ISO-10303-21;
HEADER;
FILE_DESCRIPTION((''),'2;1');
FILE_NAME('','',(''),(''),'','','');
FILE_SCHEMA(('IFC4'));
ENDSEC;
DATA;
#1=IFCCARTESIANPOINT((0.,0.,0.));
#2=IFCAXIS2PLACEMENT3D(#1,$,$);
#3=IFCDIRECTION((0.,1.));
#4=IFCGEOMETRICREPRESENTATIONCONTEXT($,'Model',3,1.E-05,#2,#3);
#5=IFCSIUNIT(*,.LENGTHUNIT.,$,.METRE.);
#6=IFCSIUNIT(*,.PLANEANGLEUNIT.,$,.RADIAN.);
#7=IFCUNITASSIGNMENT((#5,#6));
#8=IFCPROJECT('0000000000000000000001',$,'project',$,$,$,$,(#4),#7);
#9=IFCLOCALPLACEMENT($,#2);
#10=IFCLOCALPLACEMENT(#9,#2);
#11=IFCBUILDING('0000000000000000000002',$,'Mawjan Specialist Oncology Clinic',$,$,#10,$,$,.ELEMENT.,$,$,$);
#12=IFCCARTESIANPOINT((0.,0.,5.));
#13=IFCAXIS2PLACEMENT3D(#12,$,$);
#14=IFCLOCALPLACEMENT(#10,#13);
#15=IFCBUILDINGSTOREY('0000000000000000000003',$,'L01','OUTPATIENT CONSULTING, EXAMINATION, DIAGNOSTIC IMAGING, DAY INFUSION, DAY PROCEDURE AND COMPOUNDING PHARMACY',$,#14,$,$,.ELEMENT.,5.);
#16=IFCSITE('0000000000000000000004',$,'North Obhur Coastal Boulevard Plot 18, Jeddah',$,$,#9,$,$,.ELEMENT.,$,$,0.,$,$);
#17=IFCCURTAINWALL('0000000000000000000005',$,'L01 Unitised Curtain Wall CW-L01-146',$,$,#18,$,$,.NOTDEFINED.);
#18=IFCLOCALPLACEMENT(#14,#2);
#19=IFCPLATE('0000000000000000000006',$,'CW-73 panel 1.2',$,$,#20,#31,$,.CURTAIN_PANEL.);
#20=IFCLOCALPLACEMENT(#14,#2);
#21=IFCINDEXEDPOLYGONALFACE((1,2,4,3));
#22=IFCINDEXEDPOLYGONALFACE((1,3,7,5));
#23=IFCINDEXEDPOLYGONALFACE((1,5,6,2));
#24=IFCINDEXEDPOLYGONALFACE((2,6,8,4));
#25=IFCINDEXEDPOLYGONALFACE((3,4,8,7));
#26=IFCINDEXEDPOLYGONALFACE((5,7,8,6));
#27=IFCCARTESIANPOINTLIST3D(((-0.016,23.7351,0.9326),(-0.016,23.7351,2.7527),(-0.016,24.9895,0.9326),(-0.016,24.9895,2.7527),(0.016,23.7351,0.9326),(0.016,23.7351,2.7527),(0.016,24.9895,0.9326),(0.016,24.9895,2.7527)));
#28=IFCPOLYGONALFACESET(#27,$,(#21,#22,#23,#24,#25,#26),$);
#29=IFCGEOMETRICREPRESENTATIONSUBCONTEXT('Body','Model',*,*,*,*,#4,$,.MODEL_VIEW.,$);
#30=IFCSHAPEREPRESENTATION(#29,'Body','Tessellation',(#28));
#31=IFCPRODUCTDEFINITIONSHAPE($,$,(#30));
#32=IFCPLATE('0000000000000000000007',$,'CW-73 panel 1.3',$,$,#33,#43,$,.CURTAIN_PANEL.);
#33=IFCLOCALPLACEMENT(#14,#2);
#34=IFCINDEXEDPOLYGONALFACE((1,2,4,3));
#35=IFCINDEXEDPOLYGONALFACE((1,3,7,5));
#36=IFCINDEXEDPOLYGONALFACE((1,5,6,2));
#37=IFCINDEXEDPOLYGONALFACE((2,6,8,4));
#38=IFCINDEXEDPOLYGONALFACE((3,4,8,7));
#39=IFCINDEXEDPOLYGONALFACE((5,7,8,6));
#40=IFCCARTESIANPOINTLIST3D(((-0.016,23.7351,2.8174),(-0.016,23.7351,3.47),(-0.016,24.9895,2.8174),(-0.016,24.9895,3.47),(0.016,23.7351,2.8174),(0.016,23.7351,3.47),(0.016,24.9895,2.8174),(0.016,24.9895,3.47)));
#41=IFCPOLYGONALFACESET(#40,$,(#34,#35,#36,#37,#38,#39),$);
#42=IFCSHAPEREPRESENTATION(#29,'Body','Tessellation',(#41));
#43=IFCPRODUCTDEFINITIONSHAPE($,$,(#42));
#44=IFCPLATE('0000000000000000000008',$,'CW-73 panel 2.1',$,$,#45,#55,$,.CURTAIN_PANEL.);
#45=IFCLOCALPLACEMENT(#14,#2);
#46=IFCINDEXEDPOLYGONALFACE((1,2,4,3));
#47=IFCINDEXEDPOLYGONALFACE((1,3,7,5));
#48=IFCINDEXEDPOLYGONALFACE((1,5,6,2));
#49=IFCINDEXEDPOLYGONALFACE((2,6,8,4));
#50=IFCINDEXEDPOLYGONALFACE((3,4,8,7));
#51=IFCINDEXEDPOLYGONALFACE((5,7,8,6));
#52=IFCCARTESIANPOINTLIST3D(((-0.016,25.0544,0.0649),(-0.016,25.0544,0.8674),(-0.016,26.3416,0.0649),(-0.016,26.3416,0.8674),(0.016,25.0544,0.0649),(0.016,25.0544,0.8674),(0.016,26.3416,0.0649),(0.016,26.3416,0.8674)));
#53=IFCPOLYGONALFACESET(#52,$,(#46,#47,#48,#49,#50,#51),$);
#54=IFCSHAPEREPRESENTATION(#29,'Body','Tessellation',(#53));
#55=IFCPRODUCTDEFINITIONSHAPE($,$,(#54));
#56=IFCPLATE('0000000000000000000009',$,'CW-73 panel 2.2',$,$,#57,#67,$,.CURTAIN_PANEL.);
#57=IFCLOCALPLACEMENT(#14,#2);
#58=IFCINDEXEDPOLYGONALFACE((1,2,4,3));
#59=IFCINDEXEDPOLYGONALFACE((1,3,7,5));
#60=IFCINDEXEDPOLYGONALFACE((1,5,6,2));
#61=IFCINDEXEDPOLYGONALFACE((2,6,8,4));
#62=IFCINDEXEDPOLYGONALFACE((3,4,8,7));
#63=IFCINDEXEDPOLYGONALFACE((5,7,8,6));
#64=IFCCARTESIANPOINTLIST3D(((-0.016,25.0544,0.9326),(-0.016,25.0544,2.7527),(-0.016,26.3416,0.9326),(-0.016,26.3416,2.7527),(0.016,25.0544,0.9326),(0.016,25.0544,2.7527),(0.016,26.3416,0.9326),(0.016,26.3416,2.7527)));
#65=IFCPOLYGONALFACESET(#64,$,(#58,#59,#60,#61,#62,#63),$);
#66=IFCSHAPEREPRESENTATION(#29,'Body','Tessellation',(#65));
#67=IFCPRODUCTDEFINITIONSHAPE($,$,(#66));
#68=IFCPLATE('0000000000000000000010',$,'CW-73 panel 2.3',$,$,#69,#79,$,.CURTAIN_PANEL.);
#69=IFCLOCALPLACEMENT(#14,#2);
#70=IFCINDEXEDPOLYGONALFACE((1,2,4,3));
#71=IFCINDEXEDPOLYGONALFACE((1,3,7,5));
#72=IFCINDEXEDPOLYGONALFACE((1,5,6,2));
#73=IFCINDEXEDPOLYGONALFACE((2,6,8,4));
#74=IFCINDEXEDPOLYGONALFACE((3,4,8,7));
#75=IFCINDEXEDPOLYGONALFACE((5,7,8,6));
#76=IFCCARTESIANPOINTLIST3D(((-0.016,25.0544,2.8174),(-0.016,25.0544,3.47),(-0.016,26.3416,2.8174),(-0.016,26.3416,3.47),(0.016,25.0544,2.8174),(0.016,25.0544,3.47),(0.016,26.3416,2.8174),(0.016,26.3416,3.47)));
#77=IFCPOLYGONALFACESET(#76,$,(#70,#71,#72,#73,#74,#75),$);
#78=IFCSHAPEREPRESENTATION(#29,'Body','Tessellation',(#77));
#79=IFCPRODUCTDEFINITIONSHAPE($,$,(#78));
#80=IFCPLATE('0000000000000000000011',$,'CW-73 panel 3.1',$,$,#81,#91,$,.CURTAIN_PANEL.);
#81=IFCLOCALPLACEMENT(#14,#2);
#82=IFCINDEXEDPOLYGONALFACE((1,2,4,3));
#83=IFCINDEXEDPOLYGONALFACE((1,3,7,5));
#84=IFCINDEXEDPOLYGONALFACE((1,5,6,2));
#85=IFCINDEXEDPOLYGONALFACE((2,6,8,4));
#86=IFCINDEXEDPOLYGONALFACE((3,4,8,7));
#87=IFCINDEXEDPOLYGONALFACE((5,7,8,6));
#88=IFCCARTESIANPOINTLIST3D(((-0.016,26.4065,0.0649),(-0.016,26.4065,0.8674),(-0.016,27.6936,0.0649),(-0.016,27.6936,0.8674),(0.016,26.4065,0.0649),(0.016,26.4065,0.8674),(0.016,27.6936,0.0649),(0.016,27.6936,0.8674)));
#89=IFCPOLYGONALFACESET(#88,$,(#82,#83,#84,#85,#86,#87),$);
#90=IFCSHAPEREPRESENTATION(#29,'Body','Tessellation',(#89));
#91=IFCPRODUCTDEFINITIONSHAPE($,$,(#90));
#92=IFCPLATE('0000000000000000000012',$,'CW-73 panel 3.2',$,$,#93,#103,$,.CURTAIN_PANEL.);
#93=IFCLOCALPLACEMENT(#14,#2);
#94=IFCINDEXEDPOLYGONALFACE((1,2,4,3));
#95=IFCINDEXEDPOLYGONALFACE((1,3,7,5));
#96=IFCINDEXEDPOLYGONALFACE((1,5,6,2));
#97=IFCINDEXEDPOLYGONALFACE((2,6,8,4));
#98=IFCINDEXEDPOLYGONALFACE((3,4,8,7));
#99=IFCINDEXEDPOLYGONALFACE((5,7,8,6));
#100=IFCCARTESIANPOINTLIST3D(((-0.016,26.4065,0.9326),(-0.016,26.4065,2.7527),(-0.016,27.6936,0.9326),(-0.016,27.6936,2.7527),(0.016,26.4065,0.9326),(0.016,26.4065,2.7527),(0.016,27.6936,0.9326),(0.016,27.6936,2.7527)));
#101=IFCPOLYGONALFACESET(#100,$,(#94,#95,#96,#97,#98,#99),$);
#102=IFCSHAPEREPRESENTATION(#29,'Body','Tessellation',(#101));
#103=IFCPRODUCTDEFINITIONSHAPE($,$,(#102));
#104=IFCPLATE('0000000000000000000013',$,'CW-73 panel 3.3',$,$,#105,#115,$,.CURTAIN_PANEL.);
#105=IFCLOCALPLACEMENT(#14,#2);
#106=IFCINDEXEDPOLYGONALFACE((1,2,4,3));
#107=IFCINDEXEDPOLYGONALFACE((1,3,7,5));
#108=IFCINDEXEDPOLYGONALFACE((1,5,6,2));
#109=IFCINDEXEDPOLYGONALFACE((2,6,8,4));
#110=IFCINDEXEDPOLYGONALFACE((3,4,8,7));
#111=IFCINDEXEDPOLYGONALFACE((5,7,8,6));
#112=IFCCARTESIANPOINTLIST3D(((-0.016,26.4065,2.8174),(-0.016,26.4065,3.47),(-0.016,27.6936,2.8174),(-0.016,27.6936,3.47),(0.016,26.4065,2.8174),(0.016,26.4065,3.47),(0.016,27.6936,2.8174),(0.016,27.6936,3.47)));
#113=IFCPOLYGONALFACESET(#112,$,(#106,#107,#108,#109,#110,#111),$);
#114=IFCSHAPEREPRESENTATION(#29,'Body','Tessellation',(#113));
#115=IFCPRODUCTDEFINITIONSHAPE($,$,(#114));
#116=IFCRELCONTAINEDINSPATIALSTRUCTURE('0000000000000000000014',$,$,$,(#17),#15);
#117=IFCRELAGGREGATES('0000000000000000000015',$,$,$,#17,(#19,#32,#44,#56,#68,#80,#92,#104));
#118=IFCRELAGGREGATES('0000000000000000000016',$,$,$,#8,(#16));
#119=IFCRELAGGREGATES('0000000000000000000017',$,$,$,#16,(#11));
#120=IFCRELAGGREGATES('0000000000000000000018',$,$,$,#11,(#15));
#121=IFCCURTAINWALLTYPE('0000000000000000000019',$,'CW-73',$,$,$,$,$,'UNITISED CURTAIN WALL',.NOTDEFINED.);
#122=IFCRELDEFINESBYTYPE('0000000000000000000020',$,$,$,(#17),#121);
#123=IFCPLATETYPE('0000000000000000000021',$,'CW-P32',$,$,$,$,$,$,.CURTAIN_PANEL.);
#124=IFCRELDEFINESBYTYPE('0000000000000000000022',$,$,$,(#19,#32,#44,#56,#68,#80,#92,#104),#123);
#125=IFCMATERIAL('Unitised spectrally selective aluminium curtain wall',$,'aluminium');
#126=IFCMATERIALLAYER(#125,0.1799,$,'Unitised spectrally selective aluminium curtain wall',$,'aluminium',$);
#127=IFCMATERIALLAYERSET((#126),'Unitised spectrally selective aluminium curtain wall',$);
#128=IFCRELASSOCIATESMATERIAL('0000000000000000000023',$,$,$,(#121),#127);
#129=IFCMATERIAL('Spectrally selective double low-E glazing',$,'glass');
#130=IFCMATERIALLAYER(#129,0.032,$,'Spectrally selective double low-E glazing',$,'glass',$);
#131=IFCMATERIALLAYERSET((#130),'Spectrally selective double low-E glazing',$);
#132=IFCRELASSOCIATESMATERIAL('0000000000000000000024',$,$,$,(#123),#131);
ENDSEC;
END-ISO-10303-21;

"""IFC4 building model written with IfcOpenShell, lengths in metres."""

from ifc_helpers import new_model, si_unit, direction, frame, origin, origin_2d, place, context, subcontext, project, spatial, rectangle, extrude, material, layer, layer_set, type_object, element, aggregate, save


model = new_model("IFC4")

# Units and contexts
model_context = context("Model", 3, precision=1e-05, world=origin(), true_north=direction((0.0, 1.0)))
body_context = subcontext(model_context, "Body", "Model", "MODEL_VIEW")
ifc_project = project(units=[si_unit("LENGTHUNIT", "METRE"), si_unit("PLANEANGLEUNIT", "RADIAN")], contexts=[model_context])

# Site, building, storey
site_placement = place(None, origin())
site = spatial("IfcSite", under=ifc_project, at=site_placement, Name="North Obhur Coastal Boulevard Plot 18, Jeddah", CompositionType="ELEMENT", RefElevation=0.0)
building_placement = place(site_placement, origin())
building = spatial("IfcBuilding", under=site, at=building_placement, Name="Mawjan Specialist Oncology Clinic", CompositionType="ELEMENT")
storey_placement = place(building_placement, frame((0.0, 0.0, 5.0)))
storey = spatial("IfcBuildingStorey", under=building, at=storey_placement, Name="L01", Description="OUTPATIENT CONSULTING, EXAMINATION, DIAGNOSTIC IMAGING, DAY INFUSION, DAY PROCEDURE AND COMPOUNDING PHARMACY", CompositionType="ELEMENT", Elevation=5.0)

# Curtain wall
ifc_material_1 = material(Name="Unitised spectrally selective aluminium curtain wall", Category="aluminium")
ifc_layer_1 = layer(ifc_material_1, 0.1799, Name="Unitised spectrally selective aluminium curtain wall", Category="aluminium")
ifc_layer_set_1 = layer_set([ifc_layer_1], Name="Unitised spectrally selective aluminium curtain wall")
curtain_wall_type = type_object("IfcCurtainWallType", Name="CW-73", ElementType="UNITISED CURTAIN WALL", PredefinedType="NOTDEFINED", material=ifc_layer_set_1)
curtain_wall_placement = place(storey_placement, origin())
curtain_wall = element("IfcCurtainWall", 1, at=curtain_wall_placement, inside=storey, type_object=curtain_wall_type, Name="L01 Unitised Curtain Wall CW-L01-146", PredefinedType="NOTDEFINED")

# Plates
ifc_material_2 = material(Name="Spectrally selective double low-E glazing", Category="glass")
ifc_layer_2 = layer(ifc_material_2, 0.032, Name="Spectrally selective double low-E glazing", Category="glass")
ifc_layer_set_2 = layer_set([ifc_layer_2], Name="Spectrally selective double low-E glazing")
plate_type = type_object("IfcPlateType", Name="CW-P32", PredefinedType="CURTAIN_PANEL", material=ifc_layer_set_2)
plate_1_placement = place(storey_placement, frame((0.0, 24.3623, 0.9326), z_axis=(0.0, 0.0, 1.0), x_axis=(0.0, 1.0, 0.0)))
plate_1 = element("IfcPlate", 2, at=plate_1_placement, type_object=plate_type, Name="CW-73 panel 1.2", PredefinedType="CURTAIN_PANEL", context=body_context, shape_type="SweptSolid", body=[
    extrude(rectangle(XDim=1.2544, YDim=0.032, at=origin_2d()), origin(), (0.0, 0.0, 1.0), 1.8201),
])
plate_2_placement = place(storey_placement, frame((0.0, 24.3623, 2.8174), z_axis=(0.0, 0.0, 1.0), x_axis=(0.0, 1.0, 0.0)))
plate_2 = element("IfcPlate", 3, at=plate_2_placement, type_object=plate_type, Name="CW-73 panel 1.3", PredefinedType="CURTAIN_PANEL", context=body_context, shape_type="SweptSolid", body=[
    extrude(rectangle(XDim=1.2544, YDim=0.032, at=origin_2d()), origin(), (0.0, 0.0, 1.0), 0.6526),
])
plate_3_placement = place(storey_placement, frame((0.0, 25.698, 0.0649), z_axis=(0.0, 0.0, 1.0), x_axis=(0.0, 1.0, 0.0)))
plate_3 = element("IfcPlate", 4, at=plate_3_placement, type_object=plate_type, Name="CW-73 panel 2.1", PredefinedType="CURTAIN_PANEL", context=body_context, shape_type="SweptSolid", body=[
    extrude(rectangle(XDim=1.2871, YDim=0.032, at=origin_2d()), origin(), (0.0, 0.0, 1.0), 0.8025),
])
plate_4_placement = place(storey_placement, frame((0.0, 25.698, 0.9326), z_axis=(0.0, 0.0, 1.0), x_axis=(0.0, 1.0, 0.0)))
plate_4 = element("IfcPlate", 5, at=plate_4_placement, type_object=plate_type, Name="CW-73 panel 2.2", PredefinedType="CURTAIN_PANEL", context=body_context, shape_type="SweptSolid", body=[
    extrude(rectangle(XDim=1.2871, YDim=0.032, at=origin_2d()), origin(), (0.0, 0.0, 1.0), 1.8201),
])
plate_5_placement = place(storey_placement, frame((0.0, 25.698, 2.8174), z_axis=(0.0, 0.0, 1.0), x_axis=(0.0, 1.0, 0.0)))
plate_5 = element("IfcPlate", 6, at=plate_5_placement, type_object=plate_type, Name="CW-73 panel 2.3", PredefinedType="CURTAIN_PANEL", context=body_context, shape_type="SweptSolid", body=[
    extrude(rectangle(XDim=1.2871, YDim=0.032, at=origin_2d()), origin(), (0.0, 0.0, 1.0), 0.6526),
])
plate_6_placement = place(storey_placement, frame((0.0, 27.05, 0.0649), z_axis=(0.0, 0.0, 1.0), x_axis=(0.0, 1.0, 0.0)))
plate_6 = element("IfcPlate", 7, at=plate_6_placement, type_object=plate_type, Name="CW-73 panel 3.1", PredefinedType="CURTAIN_PANEL", context=body_context, shape_type="SweptSolid", body=[
    extrude(rectangle(XDim=1.2871, YDim=0.032, at=origin_2d()), origin(), (0.0, 0.0, 1.0), 0.8025),
])
plate_7_placement = place(storey_placement, frame((0.0, 27.05, 0.9326), z_axis=(0.0, 0.0, 1.0), x_axis=(0.0, 1.0, 0.0)))
plate_7 = element("IfcPlate", 8, at=plate_7_placement, type_object=plate_type, Name="CW-73 panel 3.2", PredefinedType="CURTAIN_PANEL", context=body_context, shape_type="SweptSolid", body=[
    extrude(rectangle(XDim=1.2871, YDim=0.032, at=origin_2d()), origin(), (0.0, 0.0, 1.0), 1.8201),
])
plate_8_placement = place(storey_placement, frame((0.0, 27.05, 2.8174), z_axis=(0.0, 0.0, 1.0), x_axis=(0.0, 1.0, 0.0)))
plate_8 = element("IfcPlate", 9, at=plate_8_placement, type_object=plate_type, Name="CW-73 panel 3.3", PredefinedType="CURTAIN_PANEL", context=body_context, shape_type="SweptSolid", body=[
    extrude(rectangle(XDim=1.2871, YDim=0.032, at=origin_2d()), origin(), (0.0, 0.0, 1.0), 0.6526),
])
aggregate(curtain_wall, [plate_1, plate_2, plate_3, plate_4, plate_5, plate_6, plate_7, plate_8])

save(model, "model.ifc")
